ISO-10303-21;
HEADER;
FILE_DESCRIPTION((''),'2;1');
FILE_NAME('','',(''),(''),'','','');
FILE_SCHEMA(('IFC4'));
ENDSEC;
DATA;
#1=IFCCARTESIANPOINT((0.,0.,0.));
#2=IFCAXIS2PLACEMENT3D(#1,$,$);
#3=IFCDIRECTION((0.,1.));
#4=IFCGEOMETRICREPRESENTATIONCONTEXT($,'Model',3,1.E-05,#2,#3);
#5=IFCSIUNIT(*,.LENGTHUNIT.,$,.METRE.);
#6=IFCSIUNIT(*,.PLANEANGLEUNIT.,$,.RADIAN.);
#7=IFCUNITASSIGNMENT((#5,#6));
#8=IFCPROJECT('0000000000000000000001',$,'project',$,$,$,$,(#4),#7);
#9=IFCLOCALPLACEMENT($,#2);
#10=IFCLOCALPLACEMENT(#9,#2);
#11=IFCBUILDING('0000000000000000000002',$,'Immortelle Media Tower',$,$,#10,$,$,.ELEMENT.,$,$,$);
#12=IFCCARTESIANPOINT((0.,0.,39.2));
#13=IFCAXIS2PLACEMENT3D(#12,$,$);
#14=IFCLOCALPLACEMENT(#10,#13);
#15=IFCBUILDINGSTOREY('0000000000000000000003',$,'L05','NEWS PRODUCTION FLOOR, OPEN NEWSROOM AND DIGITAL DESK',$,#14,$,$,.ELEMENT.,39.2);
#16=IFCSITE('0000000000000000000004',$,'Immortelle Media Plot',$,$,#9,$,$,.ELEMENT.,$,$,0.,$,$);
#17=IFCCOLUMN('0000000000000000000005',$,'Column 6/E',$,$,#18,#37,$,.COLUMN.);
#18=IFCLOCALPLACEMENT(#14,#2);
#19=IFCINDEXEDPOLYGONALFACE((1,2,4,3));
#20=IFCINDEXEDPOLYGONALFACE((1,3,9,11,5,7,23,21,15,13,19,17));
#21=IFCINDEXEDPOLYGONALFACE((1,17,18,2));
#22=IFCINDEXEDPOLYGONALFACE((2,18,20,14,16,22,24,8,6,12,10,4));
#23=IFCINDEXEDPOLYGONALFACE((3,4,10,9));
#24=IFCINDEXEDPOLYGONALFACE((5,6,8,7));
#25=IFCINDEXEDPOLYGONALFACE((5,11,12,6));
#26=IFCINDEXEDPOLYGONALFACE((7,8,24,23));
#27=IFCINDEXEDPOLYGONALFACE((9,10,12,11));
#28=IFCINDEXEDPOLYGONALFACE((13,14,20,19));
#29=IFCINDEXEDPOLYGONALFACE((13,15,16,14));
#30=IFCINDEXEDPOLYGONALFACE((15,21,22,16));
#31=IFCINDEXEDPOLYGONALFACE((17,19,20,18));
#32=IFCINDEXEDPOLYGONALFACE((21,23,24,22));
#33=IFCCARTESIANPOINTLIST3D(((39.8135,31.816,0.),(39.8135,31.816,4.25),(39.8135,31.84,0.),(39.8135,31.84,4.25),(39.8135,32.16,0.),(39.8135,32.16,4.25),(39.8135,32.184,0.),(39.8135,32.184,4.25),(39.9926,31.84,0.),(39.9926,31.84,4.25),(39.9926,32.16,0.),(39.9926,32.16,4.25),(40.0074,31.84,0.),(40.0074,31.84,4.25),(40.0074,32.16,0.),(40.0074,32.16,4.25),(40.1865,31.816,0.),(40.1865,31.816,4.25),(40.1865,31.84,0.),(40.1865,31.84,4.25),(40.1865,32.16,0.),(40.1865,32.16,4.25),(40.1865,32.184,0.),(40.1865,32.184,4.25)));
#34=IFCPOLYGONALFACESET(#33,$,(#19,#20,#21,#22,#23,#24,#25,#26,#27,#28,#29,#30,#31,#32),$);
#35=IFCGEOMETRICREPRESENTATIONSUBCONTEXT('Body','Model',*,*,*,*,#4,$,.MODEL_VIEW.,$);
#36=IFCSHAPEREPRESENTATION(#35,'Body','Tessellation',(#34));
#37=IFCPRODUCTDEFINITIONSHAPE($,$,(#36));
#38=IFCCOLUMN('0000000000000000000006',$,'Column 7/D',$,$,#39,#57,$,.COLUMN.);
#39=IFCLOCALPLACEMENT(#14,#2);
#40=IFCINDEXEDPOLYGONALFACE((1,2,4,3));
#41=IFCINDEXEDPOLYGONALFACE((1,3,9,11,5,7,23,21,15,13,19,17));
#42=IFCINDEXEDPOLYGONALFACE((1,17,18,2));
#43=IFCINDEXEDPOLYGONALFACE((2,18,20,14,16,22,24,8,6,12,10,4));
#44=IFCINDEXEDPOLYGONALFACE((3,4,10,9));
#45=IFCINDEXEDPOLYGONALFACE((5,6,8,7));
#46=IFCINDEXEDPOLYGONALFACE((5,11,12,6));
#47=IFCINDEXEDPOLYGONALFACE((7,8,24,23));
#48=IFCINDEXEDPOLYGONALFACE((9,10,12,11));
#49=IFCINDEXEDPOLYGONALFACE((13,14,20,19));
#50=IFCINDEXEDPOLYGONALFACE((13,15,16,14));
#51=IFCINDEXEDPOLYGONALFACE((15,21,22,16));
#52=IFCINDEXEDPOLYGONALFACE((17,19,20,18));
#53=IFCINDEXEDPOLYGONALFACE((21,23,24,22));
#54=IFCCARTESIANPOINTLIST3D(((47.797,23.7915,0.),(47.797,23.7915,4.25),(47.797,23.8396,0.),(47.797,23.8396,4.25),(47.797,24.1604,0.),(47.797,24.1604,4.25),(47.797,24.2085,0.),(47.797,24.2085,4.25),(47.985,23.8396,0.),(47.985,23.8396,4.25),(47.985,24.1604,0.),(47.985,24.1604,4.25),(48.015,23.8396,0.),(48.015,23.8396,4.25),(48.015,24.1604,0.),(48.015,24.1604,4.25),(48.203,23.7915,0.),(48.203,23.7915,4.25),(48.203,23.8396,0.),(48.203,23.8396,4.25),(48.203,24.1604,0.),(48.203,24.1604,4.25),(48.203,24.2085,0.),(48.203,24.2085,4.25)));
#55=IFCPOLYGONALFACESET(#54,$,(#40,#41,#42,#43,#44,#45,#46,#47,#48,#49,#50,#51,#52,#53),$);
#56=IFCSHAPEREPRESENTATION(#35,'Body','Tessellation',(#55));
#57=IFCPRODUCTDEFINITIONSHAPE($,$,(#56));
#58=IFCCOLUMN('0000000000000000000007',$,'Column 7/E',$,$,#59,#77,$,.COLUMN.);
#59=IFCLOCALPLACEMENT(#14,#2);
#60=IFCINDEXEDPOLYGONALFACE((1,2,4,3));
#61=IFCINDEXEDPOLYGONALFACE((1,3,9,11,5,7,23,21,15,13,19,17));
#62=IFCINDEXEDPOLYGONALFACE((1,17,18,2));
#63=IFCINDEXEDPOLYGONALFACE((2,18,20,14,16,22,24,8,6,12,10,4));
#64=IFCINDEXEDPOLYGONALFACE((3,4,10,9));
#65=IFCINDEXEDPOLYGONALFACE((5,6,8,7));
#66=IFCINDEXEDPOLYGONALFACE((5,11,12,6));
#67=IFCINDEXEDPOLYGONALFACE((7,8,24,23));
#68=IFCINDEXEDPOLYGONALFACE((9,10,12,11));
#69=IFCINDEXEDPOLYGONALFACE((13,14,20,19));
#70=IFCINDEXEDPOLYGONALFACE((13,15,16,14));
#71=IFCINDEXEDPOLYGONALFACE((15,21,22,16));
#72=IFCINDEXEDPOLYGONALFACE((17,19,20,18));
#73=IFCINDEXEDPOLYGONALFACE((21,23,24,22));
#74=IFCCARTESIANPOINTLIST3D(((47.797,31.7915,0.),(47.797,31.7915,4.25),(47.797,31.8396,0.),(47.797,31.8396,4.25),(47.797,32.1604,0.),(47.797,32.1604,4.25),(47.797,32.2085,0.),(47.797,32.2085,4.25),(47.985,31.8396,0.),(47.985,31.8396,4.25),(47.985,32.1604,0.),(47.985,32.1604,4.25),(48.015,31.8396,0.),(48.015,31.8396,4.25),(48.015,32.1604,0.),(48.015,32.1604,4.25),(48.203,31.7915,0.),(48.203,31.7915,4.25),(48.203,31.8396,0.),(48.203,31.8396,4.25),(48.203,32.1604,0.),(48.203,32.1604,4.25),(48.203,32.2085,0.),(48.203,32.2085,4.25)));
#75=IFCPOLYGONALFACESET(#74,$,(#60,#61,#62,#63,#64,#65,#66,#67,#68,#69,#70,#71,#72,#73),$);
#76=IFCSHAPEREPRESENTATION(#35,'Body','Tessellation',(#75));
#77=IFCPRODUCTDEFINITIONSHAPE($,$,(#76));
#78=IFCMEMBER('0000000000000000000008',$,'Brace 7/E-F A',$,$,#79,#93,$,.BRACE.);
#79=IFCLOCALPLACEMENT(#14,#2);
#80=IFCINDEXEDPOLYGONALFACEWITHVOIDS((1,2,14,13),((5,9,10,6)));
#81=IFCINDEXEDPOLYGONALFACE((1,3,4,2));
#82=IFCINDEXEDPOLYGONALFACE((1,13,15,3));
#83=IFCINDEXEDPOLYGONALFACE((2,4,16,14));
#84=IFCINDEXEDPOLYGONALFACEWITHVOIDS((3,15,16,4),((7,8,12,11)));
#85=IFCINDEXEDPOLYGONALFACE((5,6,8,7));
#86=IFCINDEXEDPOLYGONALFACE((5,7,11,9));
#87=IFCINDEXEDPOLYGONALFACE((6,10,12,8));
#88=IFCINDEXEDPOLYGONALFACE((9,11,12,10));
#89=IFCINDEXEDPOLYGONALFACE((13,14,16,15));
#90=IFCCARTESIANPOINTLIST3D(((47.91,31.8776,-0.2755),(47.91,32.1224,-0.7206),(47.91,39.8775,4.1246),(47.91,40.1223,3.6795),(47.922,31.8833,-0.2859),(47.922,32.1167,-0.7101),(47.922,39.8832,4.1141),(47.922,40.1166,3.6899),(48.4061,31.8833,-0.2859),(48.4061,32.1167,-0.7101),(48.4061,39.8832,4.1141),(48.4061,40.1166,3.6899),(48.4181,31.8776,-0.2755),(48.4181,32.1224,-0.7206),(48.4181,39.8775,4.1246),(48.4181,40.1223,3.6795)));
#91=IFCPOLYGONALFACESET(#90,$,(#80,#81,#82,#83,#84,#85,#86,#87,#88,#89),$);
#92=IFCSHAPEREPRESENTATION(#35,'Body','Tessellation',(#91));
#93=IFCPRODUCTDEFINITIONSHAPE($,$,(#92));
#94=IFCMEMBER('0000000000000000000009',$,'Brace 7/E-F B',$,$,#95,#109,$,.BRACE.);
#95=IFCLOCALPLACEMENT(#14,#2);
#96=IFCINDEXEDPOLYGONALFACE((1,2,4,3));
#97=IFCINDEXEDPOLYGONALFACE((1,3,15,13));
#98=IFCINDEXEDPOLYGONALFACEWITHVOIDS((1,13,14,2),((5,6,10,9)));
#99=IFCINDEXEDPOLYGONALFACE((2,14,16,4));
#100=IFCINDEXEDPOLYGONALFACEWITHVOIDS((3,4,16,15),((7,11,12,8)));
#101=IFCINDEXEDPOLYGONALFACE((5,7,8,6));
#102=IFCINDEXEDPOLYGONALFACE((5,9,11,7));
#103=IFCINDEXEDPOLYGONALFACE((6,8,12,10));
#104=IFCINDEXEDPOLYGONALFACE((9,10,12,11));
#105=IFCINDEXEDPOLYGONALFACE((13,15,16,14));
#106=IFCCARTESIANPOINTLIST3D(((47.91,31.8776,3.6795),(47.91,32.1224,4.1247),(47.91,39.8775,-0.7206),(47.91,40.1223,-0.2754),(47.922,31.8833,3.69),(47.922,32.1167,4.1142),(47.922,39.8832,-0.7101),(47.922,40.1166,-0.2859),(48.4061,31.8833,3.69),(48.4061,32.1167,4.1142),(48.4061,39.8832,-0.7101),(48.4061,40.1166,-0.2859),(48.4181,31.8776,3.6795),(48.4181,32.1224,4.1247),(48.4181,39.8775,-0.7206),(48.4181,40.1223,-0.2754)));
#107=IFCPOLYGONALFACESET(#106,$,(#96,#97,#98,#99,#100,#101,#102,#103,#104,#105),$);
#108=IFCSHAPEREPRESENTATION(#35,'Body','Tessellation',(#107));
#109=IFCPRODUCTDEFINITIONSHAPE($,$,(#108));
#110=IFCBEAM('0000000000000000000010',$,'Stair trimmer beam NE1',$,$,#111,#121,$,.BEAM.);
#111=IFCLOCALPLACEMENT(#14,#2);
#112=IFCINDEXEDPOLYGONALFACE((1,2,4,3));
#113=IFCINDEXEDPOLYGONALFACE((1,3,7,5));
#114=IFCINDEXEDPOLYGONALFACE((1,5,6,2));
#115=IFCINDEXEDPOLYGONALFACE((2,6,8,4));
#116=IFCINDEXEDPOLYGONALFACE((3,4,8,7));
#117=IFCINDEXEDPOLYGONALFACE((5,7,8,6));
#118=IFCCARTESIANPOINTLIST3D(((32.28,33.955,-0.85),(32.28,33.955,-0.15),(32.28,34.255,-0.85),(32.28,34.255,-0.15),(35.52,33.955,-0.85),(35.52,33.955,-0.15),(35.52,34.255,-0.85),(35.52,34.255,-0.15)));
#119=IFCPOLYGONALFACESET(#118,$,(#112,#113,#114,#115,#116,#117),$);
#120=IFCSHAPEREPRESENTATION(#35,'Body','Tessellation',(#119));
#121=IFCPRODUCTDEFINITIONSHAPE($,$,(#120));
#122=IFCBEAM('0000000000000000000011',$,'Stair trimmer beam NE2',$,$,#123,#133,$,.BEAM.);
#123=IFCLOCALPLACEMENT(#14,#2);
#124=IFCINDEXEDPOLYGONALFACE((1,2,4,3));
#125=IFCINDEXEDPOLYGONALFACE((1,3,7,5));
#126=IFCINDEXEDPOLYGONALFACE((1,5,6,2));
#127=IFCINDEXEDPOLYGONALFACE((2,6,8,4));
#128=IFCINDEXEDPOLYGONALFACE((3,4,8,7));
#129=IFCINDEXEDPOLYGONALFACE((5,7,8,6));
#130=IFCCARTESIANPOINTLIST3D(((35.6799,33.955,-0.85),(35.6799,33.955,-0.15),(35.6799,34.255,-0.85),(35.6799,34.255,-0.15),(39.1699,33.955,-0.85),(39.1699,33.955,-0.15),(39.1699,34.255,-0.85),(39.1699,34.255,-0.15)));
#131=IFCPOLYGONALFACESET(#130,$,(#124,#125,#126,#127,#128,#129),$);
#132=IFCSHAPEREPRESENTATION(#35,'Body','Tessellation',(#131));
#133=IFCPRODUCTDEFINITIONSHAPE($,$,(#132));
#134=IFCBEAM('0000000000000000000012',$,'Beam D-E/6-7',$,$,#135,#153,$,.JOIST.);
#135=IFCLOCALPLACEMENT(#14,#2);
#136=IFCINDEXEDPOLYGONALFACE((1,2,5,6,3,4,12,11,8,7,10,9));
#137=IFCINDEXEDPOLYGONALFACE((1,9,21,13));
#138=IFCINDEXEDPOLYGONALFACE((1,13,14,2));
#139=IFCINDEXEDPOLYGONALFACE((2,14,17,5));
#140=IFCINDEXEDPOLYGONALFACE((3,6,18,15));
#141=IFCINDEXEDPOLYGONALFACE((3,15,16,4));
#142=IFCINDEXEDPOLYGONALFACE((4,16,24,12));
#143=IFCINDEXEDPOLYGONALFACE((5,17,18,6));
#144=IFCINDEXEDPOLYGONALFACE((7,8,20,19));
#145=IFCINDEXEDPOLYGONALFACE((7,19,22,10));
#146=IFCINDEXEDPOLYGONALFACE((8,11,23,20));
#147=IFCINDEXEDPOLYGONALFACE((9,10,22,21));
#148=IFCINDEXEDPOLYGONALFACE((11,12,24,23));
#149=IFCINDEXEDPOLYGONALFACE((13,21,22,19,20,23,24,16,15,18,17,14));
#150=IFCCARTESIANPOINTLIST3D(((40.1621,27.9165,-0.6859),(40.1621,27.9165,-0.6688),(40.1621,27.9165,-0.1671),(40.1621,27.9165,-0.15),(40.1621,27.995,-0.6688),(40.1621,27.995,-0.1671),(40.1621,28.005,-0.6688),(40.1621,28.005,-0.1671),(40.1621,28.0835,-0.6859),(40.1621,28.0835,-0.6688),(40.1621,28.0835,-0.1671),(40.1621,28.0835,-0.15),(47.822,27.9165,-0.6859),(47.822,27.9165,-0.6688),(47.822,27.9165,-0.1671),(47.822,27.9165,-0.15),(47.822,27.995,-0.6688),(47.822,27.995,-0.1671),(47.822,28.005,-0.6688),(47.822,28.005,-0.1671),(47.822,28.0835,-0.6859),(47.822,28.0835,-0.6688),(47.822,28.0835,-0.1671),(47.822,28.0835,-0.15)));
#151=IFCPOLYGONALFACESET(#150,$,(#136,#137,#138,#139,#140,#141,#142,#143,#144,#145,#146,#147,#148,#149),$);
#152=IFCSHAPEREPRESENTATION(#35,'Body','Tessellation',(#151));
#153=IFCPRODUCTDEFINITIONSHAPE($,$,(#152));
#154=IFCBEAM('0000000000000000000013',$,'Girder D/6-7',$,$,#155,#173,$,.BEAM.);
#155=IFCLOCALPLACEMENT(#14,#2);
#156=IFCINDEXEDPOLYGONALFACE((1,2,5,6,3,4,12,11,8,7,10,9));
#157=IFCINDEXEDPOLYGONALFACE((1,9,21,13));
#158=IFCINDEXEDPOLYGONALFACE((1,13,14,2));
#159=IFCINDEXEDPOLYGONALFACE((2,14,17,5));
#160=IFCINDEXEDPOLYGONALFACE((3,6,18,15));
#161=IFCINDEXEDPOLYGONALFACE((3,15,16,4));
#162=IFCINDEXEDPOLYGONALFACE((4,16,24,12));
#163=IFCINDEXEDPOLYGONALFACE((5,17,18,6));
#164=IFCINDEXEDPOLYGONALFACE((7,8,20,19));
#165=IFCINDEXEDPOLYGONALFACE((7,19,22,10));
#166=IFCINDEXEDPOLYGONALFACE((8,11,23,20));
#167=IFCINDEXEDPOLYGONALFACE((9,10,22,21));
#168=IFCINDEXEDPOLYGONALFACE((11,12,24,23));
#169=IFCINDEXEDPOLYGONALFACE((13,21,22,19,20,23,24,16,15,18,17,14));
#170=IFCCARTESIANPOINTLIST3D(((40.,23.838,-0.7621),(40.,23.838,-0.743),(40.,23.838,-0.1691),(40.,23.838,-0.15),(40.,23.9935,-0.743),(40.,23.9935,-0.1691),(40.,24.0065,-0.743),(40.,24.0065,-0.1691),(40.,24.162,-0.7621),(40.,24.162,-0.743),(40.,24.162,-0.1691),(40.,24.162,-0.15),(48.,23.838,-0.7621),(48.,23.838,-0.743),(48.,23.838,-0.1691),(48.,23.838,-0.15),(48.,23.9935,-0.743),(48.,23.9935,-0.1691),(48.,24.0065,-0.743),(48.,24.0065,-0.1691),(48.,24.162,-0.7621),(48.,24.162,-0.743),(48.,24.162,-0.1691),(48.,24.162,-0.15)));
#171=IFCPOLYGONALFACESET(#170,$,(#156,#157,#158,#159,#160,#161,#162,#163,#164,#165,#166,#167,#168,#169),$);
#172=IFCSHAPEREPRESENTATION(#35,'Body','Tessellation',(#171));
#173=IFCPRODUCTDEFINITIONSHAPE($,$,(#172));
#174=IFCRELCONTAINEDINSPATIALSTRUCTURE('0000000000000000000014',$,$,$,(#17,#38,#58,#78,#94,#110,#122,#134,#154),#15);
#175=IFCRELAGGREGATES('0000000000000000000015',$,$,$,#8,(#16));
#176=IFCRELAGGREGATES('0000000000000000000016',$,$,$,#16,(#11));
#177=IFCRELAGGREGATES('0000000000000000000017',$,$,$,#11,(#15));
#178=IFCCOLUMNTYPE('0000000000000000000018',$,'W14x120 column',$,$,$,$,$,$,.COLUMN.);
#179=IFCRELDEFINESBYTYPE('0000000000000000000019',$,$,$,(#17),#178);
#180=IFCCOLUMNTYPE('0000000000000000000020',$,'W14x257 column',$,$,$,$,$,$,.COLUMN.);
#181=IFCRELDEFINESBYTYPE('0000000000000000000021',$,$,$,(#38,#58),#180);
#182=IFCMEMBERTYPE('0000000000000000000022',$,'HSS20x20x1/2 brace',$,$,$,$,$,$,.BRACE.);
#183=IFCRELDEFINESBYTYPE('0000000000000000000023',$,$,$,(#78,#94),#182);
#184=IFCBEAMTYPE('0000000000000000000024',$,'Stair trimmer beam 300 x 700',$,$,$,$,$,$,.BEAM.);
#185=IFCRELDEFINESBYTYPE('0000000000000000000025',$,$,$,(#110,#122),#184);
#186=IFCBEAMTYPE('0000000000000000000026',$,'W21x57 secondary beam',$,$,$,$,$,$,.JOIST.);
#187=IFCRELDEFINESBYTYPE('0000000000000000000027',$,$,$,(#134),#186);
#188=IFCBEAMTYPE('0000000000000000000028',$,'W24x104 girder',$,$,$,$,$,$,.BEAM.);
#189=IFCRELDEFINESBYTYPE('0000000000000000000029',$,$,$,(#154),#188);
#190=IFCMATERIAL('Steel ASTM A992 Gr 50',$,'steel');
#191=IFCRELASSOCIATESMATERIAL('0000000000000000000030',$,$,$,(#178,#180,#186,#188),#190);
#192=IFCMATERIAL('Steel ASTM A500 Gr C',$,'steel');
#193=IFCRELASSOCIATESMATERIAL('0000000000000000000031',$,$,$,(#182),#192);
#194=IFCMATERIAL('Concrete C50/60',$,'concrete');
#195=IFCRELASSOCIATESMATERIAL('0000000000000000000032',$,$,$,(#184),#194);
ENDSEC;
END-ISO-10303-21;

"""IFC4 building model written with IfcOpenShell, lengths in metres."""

from ifc_helpers import new_model, si_unit, direction, frame, origin, origin_2d, place, context, subcontext, project, spatial, rectangle, hollow_rectangle, i_section, extrude, material, material_profile, profile_set, type_object, element, save


model = new_model("IFC4")

# Units and contexts
model_context = context("Model", 3, precision=1e-05, world=origin(), true_north=direction((0.0, 1.0)))
body_context = subcontext(model_context, "Body", "Model", "MODEL_VIEW")
ifc_project = project(units=[si_unit("LENGTHUNIT", "METRE"), si_unit("PLANEANGLEUNIT", "RADIAN")], contexts=[model_context])

# Site, building, storey
site_placement = place(None, origin())
site = spatial("IfcSite", under=ifc_project, at=site_placement, Name="Immortelle Media Plot", CompositionType="ELEMENT", RefElevation=0.0)
building_placement = place(site_placement, origin())
building = spatial("IfcBuilding", under=site, at=building_placement, Name="Immortelle Media Tower", CompositionType="ELEMENT")
storey_placement = place(building_placement, frame((0.0, 0.0, 39.2)))
storey = spatial("IfcBuildingStorey", under=building, at=storey_placement, Name="L05", Description="NEWS PRODUCTION FLOOR, OPEN NEWSROOM AND DIGITAL DESK", CompositionType="ELEMENT", Elevation=39.2)

# Columns
ifc_material_1 = material(Name="Steel ASTM A992 Gr 50", Category="steel")
ifc_material_profile_1 = material_profile(ifc_material_1, i_section(OverallWidth=0.373, OverallDepth=0.3679, WebThickness=0.0149, FlangeThickness=0.0239, at=origin_2d()), Name="W14x120")
ifc_profile_set_1 = profile_set([ifc_material_profile_1], Name="Steel ASTM A992 Gr 50")
column_type_1 = type_object("IfcColumnType", Name="W14x120 column", PredefinedType="COLUMN", material=ifc_profile_set_1)
column_placement = place(storey_placement, frame((40.0, 32.0, 0.0), z_axis=(0.0, 0.0, 1.0), x_axis=(1.0, 0.0, 0.0)))
element("IfcColumn", 1, at=column_placement, inside=storey, type_object=column_type_1, Name="Column 6/E", PredefinedType="COLUMN", context=body_context, shape_type="SweptSolid", body=[
    extrude(i_section(OverallWidth=0.373, OverallDepth=0.3679, WebThickness=0.0149, FlangeThickness=0.0239, at=origin_2d()), origin(), (0.0, 0.0, 1.0), 4.25),
])
ifc_material_profile_2 = material_profile(ifc_material_1, i_section(OverallWidth=0.406, OverallDepth=0.417, WebThickness=0.03, FlangeThickness=0.0481, at=origin_2d()), Name="W14x257")
ifc_profile_set_2 = profile_set([ifc_material_profile_2], Name="Steel ASTM A992 Gr 50")
column_type_2 = type_object("IfcColumnType", Name="W14x257 column", PredefinedType="COLUMN", material=ifc_profile_set_2)
for number, where, z_axis, x_axis, name in (
    (2, (48.0, 24.0, 0.0), (0.0, 0.0, 1.0), (1.0, 0.0, 0.0), "Column 7/D"),
    (3, (48.0, 32.0, 0.0), (0.0, 0.0, 1.0), (1.0, 0.0, 0.0), "Column 7/E"),
):
    element("IfcColumn", number, at=place(storey_placement, frame(where, z_axis=z_axis, x_axis=x_axis)), inside=storey, type_object=column_type_2, Name=name, PredefinedType="COLUMN", context=body_context, shape_type="SweptSolid", body=[
        extrude(i_section(OverallWidth=0.406, OverallDepth=0.417, WebThickness=0.03, FlangeThickness=0.0481, at=origin_2d()), origin(), (0.0, 0.0, 1.0), 4.25),
    ])

# Members
ifc_material_2 = material(Name="Steel ASTM A500 Gr C", Category="steel")
ifc_material_profile_3 = material_profile(ifc_material_2, hollow_rectangle(XDim=0.5081, YDim=0.5081, WallThickness=0.012, at=origin_2d()), Name="HSS20x20x1/2 brace")
ifc_profile_set_3 = profile_set([ifc_material_profile_3], Name="Steel ASTM A500 Gr C")
member_type = type_object("IfcMemberType", Name="HSS20x20x1/2 brace", PredefinedType="BRACE", material=ifc_profile_set_3)
for number, where, z_axis, x_axis, name in (
    (4, (48.1641, 32.0, -0.498), (0.0, 0.876209, 0.481931), (-1.0, 0.0, 0.0), "Brace 7/E-F A"),
    (5, (48.1641, 32.0, 3.9021), (0.0, 0.876209, -0.481931), (-1.0, 0.0, 0.0), "Brace 7/E-F B"),
):
    element("IfcMember", number, at=place(storey_placement, frame(where, z_axis=z_axis, x_axis=x_axis)), inside=storey, type_object=member_type, Name=name, PredefinedType="BRACE", context=body_context, shape_type="SweptSolid", body=[
        extrude(hollow_rectangle(XDim=0.5081, YDim=0.5081, WallThickness=0.012, at=origin_2d()), origin(), (0.0, 0.0, 1.0), 9.1301),
    ])

# Beams
ifc_material_3 = material(Name="Concrete C50/60", Category="concrete")
ifc_material_profile_4 = material_profile(ifc_material_3, rectangle(XDim=0.3, YDim=0.7, at=origin_2d()), Name="RC 300x700")
ifc_profile_set_4 = profile_set([ifc_material_profile_4], Name="Concrete C50/60")
beam_type_1 = type_object("IfcBeamType", Name="Stair trimmer beam 300 x 700", PredefinedType="BEAM", material=ifc_profile_set_4)
beam_1_placement = place(storey_placement, frame((32.28, 34.105, -0.5), z_axis=(1.0, 0.0, 0.0), x_axis=(0.0, 1.0, 0.0)))
element("IfcBeam", 6, at=beam_1_placement, inside=storey, type_object=beam_type_1, Name="Stair trimmer beam NE1", PredefinedType="BEAM", context=body_context, shape_type="SweptSolid", body=[
    extrude(rectangle(XDim=0.3, YDim=0.7, at=origin_2d()), origin(), (0.0, 0.0, 1.0), 3.24),
])
beam_2_placement = place(storey_placement, frame((35.6799, 34.105, -0.5), z_axis=(1.0, 0.0, 0.0), x_axis=(0.0, 1.0, 0.0)))
element("IfcBeam", 7, at=beam_2_placement, inside=storey, type_object=beam_type_1, Name="Stair trimmer beam NE2", PredefinedType="BEAM", context=body_context, shape_type="SweptSolid", body=[
    extrude(rectangle(XDim=0.3, YDim=0.7, at=origin_2d()), origin(), (0.0, 0.0, 1.0), 3.49),
])
ifc_material_profile_5 = material_profile(ifc_material_1, i_section(OverallWidth=0.167, OverallDepth=0.5359, WebThickness=0.01, FlangeThickness=0.0171, at=origin_2d()), Name="W21x57")
ifc_profile_set_5 = profile_set([ifc_material_profile_5], Name="Steel ASTM A992 Gr 50")
beam_type_2 = type_object("IfcBeamType", Name="W21x57 secondary beam", PredefinedType="JOIST", material=ifc_profile_set_5)
beam_3_placement = place(storey_placement, frame((40.1621, 28.0, -0.418), z_axis=(1.0, 0.0, 0.0), x_axis=(0.0, 1.0, 0.0)))
element("IfcBeam", 8, at=beam_3_placement, inside=storey, type_object=beam_type_2, Name="Beam D-E/6-7", PredefinedType="JOIST", context=body_context, shape_type="SweptSolid", body=[
    extrude(i_section(OverallWidth=0.167, OverallDepth=0.5359, WebThickness=0.01, FlangeThickness=0.0171, at=origin_2d()), origin(), (0.0, 0.0, 1.0), 7.6599),
])
ifc_material_profile_6 = material_profile(ifc_material_1, i_section(OverallWidth=0.324, OverallDepth=0.6121, WebThickness=0.0129, FlangeThickness=0.019, at=origin_2d()), Name="W24x104")
ifc_profile_set_6 = profile_set([ifc_material_profile_6], Name="Steel ASTM A992 Gr 50")
beam_type_3 = type_object("IfcBeamType", Name="W24x104 girder", PredefinedType="BEAM", material=ifc_profile_set_6)
for number, where, z_axis, x_axis, name in (
    (9, (40.0, 24.0, -0.4561), (1.0, 0.0, 0.0), (0.0, 1.0, 0.0), "Girder D/6-7"),
):
    element("IfcBeam", number, at=place(storey_placement, frame(where, z_axis=z_axis, x_axis=x_axis)), inside=storey, type_object=beam_type_3, Name=name, PredefinedType="BEAM", context=body_context, shape_type="SweptSolid", body=[
        extrude(i_section(OverallWidth=0.324, OverallDepth=0.6121, WebThickness=0.0129, FlangeThickness=0.019, at=origin_2d()), origin(), (0.0, 0.0, 1.0), 8.0),
    ])

save(model, "model.ifc")
